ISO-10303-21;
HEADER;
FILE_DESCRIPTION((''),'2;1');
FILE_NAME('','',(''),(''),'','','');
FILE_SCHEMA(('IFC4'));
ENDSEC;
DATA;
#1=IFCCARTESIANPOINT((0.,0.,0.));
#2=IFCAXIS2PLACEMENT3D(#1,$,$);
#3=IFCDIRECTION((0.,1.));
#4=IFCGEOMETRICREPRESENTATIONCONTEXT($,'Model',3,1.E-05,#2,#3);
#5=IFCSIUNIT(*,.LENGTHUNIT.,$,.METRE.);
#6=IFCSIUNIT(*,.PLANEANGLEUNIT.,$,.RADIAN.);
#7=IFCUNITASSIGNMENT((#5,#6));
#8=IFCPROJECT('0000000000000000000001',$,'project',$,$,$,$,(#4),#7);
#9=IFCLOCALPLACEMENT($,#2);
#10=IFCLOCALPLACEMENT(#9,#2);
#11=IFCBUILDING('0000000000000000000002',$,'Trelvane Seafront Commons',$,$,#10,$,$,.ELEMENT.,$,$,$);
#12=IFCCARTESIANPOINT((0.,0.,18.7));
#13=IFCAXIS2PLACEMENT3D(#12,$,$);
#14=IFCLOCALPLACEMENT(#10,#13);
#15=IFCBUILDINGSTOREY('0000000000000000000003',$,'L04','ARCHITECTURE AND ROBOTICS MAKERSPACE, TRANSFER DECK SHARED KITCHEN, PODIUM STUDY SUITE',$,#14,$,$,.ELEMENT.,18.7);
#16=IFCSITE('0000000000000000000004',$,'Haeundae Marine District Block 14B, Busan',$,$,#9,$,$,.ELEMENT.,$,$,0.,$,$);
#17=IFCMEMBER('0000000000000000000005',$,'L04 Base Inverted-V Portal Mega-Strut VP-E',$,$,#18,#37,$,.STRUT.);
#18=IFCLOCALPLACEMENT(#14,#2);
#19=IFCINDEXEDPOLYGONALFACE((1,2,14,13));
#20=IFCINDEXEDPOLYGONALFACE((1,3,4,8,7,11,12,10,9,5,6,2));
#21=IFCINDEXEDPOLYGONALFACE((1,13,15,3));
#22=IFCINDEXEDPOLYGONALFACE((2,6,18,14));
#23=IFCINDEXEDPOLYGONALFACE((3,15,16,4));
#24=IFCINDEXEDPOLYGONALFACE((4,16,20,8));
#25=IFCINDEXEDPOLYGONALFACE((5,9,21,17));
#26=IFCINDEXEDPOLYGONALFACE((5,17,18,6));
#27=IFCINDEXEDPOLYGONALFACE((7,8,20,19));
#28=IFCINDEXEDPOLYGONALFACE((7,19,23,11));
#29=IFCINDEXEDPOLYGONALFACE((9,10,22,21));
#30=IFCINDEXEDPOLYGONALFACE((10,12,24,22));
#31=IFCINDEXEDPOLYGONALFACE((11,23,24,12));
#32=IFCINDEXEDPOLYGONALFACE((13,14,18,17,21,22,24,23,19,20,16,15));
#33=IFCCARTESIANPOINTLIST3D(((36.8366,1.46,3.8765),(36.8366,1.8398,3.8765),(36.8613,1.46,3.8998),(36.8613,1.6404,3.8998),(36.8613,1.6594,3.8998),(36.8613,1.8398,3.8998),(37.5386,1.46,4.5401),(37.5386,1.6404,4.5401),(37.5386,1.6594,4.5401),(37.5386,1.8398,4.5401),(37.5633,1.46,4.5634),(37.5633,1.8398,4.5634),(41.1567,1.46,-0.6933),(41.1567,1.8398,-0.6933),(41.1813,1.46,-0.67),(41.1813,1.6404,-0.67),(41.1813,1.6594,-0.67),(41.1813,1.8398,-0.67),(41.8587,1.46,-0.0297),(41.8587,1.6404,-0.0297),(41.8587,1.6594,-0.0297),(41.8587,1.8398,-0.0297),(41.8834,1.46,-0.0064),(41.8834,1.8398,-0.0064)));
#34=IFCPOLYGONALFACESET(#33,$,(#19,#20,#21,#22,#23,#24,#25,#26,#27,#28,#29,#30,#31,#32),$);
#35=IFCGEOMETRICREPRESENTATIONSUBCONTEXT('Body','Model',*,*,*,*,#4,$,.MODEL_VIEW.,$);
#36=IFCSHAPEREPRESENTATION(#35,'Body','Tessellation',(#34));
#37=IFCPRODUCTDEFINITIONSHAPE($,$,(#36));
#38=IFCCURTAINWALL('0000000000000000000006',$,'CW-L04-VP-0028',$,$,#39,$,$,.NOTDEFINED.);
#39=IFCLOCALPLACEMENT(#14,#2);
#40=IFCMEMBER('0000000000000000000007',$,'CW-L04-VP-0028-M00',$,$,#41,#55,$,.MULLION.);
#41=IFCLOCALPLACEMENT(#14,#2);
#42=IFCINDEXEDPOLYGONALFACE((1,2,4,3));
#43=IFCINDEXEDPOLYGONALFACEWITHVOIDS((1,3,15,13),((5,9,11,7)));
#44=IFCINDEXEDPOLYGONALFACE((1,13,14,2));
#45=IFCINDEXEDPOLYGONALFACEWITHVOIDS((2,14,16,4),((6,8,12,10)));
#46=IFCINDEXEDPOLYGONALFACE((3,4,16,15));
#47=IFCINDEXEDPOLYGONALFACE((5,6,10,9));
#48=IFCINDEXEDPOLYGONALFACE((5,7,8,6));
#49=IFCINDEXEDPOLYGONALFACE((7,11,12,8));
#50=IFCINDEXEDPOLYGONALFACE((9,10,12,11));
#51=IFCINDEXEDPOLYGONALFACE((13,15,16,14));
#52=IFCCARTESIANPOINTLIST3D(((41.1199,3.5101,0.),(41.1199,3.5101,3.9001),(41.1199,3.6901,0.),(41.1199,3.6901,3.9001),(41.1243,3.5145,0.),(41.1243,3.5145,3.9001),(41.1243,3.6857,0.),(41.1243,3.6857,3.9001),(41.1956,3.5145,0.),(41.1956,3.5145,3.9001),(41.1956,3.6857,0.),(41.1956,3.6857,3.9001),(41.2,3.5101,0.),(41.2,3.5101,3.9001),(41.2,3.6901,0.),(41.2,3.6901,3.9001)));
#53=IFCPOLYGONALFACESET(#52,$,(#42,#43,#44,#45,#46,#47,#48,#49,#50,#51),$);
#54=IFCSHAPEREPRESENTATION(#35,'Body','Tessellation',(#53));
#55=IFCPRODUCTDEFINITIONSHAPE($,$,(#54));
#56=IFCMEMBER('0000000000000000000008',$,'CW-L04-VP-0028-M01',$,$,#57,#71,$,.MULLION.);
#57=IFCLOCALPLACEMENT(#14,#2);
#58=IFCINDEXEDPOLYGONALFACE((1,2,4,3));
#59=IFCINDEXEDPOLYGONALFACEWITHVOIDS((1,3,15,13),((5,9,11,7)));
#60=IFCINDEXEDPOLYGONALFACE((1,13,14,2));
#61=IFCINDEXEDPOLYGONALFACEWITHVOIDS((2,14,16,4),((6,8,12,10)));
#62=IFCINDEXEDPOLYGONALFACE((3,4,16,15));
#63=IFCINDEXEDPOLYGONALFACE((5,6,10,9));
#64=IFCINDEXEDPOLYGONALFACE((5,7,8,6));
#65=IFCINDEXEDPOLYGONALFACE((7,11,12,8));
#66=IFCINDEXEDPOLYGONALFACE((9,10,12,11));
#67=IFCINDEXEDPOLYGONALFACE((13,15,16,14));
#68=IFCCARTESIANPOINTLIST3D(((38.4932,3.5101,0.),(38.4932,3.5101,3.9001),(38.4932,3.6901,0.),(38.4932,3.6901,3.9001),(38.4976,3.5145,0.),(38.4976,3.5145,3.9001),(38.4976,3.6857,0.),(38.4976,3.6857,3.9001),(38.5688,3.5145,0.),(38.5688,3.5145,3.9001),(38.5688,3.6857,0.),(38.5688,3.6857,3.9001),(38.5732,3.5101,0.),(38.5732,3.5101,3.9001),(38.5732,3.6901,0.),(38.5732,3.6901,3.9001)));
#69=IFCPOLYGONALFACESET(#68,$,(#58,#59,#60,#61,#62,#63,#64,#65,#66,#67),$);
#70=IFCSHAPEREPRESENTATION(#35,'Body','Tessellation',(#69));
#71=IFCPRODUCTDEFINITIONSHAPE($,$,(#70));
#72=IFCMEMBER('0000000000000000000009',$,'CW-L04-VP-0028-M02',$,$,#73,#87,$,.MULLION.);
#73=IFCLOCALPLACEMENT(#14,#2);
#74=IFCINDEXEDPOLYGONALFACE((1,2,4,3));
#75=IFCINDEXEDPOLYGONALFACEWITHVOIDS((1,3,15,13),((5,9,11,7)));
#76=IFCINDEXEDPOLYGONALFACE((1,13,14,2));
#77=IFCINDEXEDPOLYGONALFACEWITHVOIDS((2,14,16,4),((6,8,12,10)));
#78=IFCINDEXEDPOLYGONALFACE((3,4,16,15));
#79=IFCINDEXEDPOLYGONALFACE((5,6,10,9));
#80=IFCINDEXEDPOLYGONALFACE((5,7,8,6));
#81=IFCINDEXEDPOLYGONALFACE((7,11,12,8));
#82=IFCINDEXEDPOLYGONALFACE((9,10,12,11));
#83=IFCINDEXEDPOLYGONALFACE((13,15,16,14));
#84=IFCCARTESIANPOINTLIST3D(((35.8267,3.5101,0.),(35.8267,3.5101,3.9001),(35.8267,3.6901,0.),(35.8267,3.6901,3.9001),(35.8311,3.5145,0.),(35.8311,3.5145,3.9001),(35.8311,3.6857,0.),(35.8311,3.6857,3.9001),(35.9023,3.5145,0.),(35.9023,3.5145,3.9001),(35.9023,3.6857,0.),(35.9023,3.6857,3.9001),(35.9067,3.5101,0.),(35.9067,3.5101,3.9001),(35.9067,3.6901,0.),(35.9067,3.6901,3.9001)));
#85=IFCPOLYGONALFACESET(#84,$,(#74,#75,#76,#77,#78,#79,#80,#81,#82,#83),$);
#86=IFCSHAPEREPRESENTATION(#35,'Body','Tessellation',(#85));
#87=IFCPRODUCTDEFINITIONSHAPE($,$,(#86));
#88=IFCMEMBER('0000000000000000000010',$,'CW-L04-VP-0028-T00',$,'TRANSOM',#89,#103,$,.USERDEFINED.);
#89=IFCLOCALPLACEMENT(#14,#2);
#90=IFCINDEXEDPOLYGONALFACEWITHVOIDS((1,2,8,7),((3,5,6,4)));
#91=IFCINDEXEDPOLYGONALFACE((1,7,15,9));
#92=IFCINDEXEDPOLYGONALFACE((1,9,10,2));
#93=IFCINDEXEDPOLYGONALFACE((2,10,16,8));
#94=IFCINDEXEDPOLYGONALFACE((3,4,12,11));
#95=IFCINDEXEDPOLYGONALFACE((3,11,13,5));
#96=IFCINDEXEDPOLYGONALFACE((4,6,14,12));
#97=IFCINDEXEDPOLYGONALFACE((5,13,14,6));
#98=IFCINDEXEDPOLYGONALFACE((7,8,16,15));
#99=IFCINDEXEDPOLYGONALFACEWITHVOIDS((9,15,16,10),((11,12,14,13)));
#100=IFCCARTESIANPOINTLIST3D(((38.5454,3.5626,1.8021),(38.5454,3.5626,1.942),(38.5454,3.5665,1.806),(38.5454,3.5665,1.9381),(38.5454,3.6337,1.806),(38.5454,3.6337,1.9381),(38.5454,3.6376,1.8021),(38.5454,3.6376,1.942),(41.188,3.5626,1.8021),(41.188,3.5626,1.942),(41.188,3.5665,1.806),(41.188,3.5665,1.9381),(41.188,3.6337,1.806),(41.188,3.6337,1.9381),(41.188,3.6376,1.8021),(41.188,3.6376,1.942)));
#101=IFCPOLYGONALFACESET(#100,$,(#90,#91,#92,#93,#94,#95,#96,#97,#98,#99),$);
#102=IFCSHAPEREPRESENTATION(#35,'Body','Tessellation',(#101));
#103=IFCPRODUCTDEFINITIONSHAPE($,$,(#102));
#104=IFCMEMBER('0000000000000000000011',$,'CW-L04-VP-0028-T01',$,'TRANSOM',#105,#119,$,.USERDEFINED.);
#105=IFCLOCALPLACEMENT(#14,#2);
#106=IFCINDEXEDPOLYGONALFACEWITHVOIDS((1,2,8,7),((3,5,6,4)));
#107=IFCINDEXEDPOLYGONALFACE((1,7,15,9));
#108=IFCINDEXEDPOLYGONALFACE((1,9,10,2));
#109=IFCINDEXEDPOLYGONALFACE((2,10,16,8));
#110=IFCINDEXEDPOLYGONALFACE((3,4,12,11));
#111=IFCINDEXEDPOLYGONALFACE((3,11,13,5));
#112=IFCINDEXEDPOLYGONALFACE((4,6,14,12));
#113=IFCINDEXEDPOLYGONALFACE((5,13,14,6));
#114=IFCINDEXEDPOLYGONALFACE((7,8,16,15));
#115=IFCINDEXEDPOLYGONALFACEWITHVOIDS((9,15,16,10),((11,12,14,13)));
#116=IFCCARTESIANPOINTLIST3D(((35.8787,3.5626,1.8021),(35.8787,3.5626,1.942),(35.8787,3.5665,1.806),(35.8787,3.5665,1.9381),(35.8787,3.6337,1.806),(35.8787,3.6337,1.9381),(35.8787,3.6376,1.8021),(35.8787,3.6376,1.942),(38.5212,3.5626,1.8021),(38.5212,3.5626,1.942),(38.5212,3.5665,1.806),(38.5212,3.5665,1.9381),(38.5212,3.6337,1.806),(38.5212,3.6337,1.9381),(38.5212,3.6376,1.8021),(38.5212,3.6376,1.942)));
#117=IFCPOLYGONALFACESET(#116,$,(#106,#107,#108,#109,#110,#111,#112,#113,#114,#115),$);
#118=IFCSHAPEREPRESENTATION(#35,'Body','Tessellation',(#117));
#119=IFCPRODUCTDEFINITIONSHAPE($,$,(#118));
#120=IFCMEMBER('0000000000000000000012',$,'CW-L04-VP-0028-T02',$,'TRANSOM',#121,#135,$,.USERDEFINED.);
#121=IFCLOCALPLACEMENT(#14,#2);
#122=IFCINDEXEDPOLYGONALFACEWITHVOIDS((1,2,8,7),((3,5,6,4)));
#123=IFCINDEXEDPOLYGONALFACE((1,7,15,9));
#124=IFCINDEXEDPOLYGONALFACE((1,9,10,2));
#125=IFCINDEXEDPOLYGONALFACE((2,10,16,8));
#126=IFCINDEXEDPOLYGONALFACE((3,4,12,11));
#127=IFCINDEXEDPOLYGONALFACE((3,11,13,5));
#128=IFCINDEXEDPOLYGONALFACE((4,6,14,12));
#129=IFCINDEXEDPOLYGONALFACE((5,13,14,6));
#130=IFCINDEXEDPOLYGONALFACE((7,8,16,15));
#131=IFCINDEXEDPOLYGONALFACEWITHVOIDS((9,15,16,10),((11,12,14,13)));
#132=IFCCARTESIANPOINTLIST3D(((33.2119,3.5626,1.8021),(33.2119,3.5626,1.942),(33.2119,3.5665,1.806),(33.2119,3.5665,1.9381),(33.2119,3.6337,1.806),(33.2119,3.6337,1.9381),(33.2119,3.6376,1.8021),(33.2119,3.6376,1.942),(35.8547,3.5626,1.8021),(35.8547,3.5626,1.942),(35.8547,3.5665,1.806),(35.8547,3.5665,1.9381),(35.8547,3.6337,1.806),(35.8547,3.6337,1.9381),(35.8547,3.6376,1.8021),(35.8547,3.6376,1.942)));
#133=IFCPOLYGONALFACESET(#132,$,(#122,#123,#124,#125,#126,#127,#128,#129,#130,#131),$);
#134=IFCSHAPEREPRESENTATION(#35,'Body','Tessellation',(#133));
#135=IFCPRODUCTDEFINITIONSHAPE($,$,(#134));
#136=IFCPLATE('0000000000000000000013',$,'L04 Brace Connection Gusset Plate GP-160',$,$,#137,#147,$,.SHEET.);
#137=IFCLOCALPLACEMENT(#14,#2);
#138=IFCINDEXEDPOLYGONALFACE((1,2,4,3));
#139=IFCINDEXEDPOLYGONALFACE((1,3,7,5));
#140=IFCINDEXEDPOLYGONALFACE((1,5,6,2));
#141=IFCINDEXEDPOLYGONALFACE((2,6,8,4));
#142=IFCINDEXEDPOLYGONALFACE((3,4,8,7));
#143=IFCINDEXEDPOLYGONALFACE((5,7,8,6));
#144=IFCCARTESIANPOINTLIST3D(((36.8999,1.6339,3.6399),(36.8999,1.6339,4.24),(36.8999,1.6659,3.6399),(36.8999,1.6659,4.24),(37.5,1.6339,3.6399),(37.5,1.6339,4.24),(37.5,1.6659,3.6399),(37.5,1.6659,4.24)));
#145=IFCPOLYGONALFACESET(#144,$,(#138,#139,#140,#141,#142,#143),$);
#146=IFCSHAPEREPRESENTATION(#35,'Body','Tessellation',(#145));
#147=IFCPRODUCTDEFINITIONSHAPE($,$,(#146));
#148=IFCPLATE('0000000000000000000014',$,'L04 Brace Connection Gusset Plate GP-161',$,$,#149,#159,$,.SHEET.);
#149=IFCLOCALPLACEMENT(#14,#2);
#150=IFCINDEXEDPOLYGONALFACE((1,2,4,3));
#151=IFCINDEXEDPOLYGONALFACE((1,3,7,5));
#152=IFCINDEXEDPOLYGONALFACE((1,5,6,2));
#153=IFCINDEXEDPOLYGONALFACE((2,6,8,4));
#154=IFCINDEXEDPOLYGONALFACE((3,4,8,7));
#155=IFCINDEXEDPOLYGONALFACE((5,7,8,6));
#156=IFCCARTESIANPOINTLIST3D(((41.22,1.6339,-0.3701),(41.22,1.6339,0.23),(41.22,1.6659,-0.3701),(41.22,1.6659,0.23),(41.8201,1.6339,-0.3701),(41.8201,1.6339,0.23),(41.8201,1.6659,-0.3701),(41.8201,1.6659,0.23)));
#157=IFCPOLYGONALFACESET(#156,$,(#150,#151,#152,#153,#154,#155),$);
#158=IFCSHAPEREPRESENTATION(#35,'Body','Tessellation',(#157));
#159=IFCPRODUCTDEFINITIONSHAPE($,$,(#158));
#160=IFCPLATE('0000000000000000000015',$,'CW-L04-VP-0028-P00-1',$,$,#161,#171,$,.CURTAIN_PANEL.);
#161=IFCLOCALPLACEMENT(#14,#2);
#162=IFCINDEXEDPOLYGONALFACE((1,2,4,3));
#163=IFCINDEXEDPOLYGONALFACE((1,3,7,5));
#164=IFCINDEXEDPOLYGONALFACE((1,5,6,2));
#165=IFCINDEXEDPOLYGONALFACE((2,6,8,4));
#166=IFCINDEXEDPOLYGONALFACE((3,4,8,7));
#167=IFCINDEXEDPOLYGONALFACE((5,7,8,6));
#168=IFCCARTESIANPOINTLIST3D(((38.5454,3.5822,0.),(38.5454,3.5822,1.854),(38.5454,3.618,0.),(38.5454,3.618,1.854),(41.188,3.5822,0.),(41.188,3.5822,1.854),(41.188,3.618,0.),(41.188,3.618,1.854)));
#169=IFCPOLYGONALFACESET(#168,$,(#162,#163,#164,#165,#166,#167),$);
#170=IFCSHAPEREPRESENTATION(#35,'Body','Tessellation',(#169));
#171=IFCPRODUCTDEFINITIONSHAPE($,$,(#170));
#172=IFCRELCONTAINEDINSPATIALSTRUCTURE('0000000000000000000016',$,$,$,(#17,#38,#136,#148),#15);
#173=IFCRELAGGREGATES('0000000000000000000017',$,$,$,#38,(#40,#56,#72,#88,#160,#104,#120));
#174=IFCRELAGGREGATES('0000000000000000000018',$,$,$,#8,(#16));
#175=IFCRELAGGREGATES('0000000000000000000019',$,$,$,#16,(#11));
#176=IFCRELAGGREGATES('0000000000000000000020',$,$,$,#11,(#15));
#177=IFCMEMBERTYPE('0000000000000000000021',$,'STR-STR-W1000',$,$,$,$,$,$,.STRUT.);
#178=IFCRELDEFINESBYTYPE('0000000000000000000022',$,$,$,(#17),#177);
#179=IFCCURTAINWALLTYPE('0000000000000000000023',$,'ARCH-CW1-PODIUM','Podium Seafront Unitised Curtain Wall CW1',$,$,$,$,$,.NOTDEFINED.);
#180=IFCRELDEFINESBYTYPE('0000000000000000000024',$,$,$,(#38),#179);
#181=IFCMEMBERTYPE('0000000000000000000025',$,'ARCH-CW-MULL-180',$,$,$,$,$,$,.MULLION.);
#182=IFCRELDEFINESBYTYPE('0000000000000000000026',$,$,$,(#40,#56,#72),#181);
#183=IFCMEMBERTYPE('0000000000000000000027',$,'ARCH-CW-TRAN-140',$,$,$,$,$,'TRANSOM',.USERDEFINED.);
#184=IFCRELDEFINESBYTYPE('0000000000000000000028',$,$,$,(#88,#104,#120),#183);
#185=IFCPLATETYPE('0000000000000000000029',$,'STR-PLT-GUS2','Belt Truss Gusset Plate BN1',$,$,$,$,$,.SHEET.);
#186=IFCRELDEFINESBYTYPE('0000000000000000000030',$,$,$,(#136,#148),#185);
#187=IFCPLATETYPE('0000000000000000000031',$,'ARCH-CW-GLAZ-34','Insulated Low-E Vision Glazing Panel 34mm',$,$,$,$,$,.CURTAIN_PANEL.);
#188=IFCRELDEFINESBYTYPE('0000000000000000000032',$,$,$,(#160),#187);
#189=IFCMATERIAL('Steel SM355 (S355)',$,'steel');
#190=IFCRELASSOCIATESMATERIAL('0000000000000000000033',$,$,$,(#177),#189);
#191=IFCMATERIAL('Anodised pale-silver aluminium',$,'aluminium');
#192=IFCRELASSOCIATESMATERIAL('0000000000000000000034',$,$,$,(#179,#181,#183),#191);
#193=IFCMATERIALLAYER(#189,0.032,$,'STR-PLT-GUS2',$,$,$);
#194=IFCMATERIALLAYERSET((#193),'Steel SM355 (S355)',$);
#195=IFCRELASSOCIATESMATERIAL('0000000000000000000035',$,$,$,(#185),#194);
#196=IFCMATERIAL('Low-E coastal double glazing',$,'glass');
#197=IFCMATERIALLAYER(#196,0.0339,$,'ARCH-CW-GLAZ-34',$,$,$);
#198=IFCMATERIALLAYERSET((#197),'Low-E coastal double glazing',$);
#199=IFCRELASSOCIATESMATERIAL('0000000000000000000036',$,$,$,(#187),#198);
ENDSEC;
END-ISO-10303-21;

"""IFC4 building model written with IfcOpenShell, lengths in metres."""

from ifc_helpers import new_model, si_unit, direction, frame, origin, origin_2d, place, context, subcontext, project, spatial, rectangle, hollow_rectangle, i_section, extrude, source, transform, mapped, material, layer, layer_set, material_profile, profile_set, type_object, element, aggregate, save


model = new_model("IFC4")

# Units and contexts
model_context = context("Model", 3, precision=1e-05, world=origin(), true_north=direction((0.0, 1.0)))
body_context = subcontext(model_context, "Body", "Model", "MODEL_VIEW")
ifc_project = project(units=[si_unit("LENGTHUNIT", "METRE"), si_unit("PLANEANGLEUNIT", "RADIAN")], contexts=[model_context])

# Site, building, storey
site_placement = place(None, origin())
site = spatial("IfcSite", under=ifc_project, at=site_placement, Name="Haeundae Marine District Block 14B, Busan", CompositionType="ELEMENT", RefElevation=0.0)
building_placement = place(site_placement, origin())
building = spatial("IfcBuilding", under=site, at=building_placement, Name="Trelvane Seafront Commons", CompositionType="ELEMENT")
storey_placement = place(building_placement, frame((0.0, 0.0, 18.7)))
storey = spatial("IfcBuildingStorey", under=building, at=storey_placement, Name="L04", Description="ARCHITECTURE AND ROBOTICS MAKERSPACE, TRANSFER DECK SHARED KITCHEN, PODIUM STUDY SUITE", CompositionType="ELEMENT", Elevation=18.7)

# Member
ifc_material_1 = material(Name="Steel SM355 (S355)", Category="steel")
ifc_material_profile_1 = material_profile(ifc_material_1, i_section(OverallWidth=0.3799, OverallDepth=1.0, WebThickness=0.019, FlangeThickness=0.0339, at=origin_2d()), Name="W-1000x380x19x34")
ifc_profile_set_1 = profile_set([ifc_material_profile_1], Name="Steel SM355 (S355)")
member_type_1 = type_object("IfcMemberType", Name="STR-STR-W1000", PredefinedType="STRUT", material=ifc_profile_set_1)
shared_shape_1 = source(origin(), body_context, "Body", "SweptSolid", [
    extrude(i_section(OverallWidth=0.3799, OverallDepth=1.0, WebThickness=0.019, FlangeThickness=0.0339, at=origin_2d()), origin(), (0.0, 0.0, 1.0), 6.2886),
])
member_1_placement = place(storey_placement, frame((41.52, 1.6499, -0.3499), z_axis=(-0.68697, 0.0, 0.726686), x_axis=(0.0, -1.0, 0.0)))
element("IfcMember", 1, at=member_1_placement, inside=storey, type_object=member_type_1, Name="L04 Base Inverted-V Portal Mega-Strut VP-E", PredefinedType="STRUT", context=body_context, shape_type="MappedRepresentation", body=[
    mapped(shared_shape_1, transform((0.0, 0.0, 0.0), x_axis=(1.0, 0.0, 0.0), y_axis=(0.0, 1.0, 0.0), z_axis=(0.0, 0.0, 1.0), scale=1.0)),
])

# Curtain wall, members
ifc_material_2 = material(Name="Anodised pale-silver aluminium", Category="aluminium")
curtain_wall_type = type_object("IfcCurtainWallType", Name="ARCH-CW1-PODIUM", Description="Podium Seafront Unitised Curtain Wall CW1", PredefinedType="NOTDEFINED", material=ifc_material_2)
curtain_wall_placement = place(storey_placement, origin())
curtain_wall = element("IfcCurtainWall", 2, at=curtain_wall_placement, inside=storey, type_object=curtain_wall_type, Name="CW-L04-VP-0028", PredefinedType="NOTDEFINED")
ifc_material_profile_2 = material_profile(ifc_material_2, hollow_rectangle(XDim=0.0801, YDim=0.1799, WallThickness=0.0044, at=origin_2d()), Name="MULL-80x180x4.5")
ifc_profile_set_2 = profile_set([ifc_material_profile_2], Name="Anodised pale-silver aluminium")
member_type_2 = type_object("IfcMemberType", Name="ARCH-CW-MULL-180", PredefinedType="MULLION", material=ifc_profile_set_2)
shared_shape_2 = source(origin(), body_context, "Body", "SweptSolid", [
    extrude(hollow_rectangle(XDim=0.0801, YDim=0.1799, WallThickness=0.0044, at=origin_2d()), origin(), (0.0, 0.0, 1.0), 3.9001),
])
member_2_placement = place(storey_placement, frame((41.1599, 3.6001, 0.0), z_axis=(0.0, 0.0, 1.0), x_axis=(1.0, 0.0, 0.0)))
member_2 = element("IfcMember", 3, at=member_2_placement, type_object=member_type_2, Name="CW-L04-VP-0028-M00", PredefinedType="MULLION", context=body_context, shape_type="MappedRepresentation", body=[
    mapped(shared_shape_2, transform((0.0, 0.0, 0.0), x_axis=(1.0, 0.0, 0.0), y_axis=(0.0, 1.0, 0.0), z_axis=(0.0, 0.0, 1.0), scale=1.0)),
])
member_3_placement = place(storey_placement, frame((38.5332, 3.6001, 0.0), z_axis=(0.0, 0.0, 1.0), x_axis=(1.0, 0.0, 0.0)))
member_3 = element("IfcMember", 4, at=member_3_placement, type_object=member_type_2, Name="CW-L04-VP-0028-M01", PredefinedType="MULLION", context=body_context, shape_type="MappedRepresentation", body=[
    mapped(shared_shape_2, transform((0.0, 0.0, 0.0), x_axis=(1.0, 0.0, 0.0), y_axis=(0.0, 1.0, 0.0), z_axis=(0.0, 0.0, 1.0), scale=1.0)),
])
member_4_placement = place(storey_placement, frame((35.8667, 3.6001, 0.0), z_axis=(0.0, 0.0, 1.0), x_axis=(1.0, 0.0, 0.0)))
member_4 = element("IfcMember", 5, at=member_4_placement, type_object=member_type_2, Name="CW-L04-VP-0028-M02", PredefinedType="MULLION", context=body_context, shape_type="MappedRepresentation", body=[
    mapped(shared_shape_2, transform((0.0, 0.0, 0.0), x_axis=(1.0, 0.0, 0.0), y_axis=(0.0, 1.0, 0.0), z_axis=(0.0, 0.0, 1.0), scale=1.0)),
])
ifc_material_profile_3 = material_profile(ifc_material_2, hollow_rectangle(XDim=0.075, YDim=0.1399, WallThickness=0.0039, at=origin_2d()), Name="TRAN-75x140x4")
ifc_profile_set_3 = profile_set([ifc_material_profile_3], Name="Anodised pale-silver aluminium")
member_type_3 = type_object("IfcMemberType", Name="ARCH-CW-TRAN-140", ElementType="TRANSOM", PredefinedType="USERDEFINED", material=ifc_profile_set_3)
shared_shape_3 = source(origin(), body_context, "Body", "SweptSolid", [
    extrude(hollow_rectangle(XDim=0.075, YDim=0.1399, WallThickness=0.0039, at=origin_2d()), origin(), (0.0, 0.0, 1.0), 2.6426),
])
member_5_placement = place(storey_placement, frame((41.188, 3.6001, 1.8721), z_axis=(-1.0, 0.0, 0.0), x_axis=(0.0, -1.0, 0.0)))
member_5 = element("IfcMember", 6, at=member_5_placement, type_object=member_type_3, Name="CW-L04-VP-0028-T00", ObjectType="TRANSOM", PredefinedType="USERDEFINED", context=body_context, shape_type="MappedRepresentation", body=[
    mapped(shared_shape_3, transform((0.0, 0.0, 0.0), x_axis=(1.0, 0.0, 0.0), y_axis=(0.0, 1.0, 0.0), z_axis=(0.0, 0.0, 1.0), scale=1.0)),
])
member_6_placement = place(storey_placement, frame((38.5212, 3.6001, 1.8721), z_axis=(-1.0, 0.0, 0.0), x_axis=(0.0, -1.0, 0.0)))
member_6 = element("IfcMember", 7, at=member_6_placement, type_object=member_type_3, Name="CW-L04-VP-0028-T01", ObjectType="TRANSOM", PredefinedType="USERDEFINED", context=body_context, shape_type="MappedRepresentation", body=[
    mapped(shared_shape_3, transform((0.0, 0.0, 0.0), x_axis=(1.0, 0.0, 0.0), y_axis=(0.0, 1.0, 0.0), z_axis=(0.0, 0.0, 1.0), scale=1.0)),
])
shared_shape_4 = source(origin(), body_context, "Body", "SweptSolid", [
    extrude(hollow_rectangle(XDim=0.075, YDim=0.1399, WallThickness=0.0039, at=origin_2d()), origin(), (0.0, 0.0, 1.0), 2.6428),
])
member_7_placement = place(storey_placement, frame((35.8547, 3.6001, 1.8721), z_axis=(-1.0, 0.0, 0.0), x_axis=(0.0, -1.0, 0.0)))
member_7 = element("IfcMember", 8, at=member_7_placement, type_object=member_type_3, Name="CW-L04-VP-0028-T02", ObjectType="TRANSOM", PredefinedType="USERDEFINED", context=body_context, shape_type="MappedRepresentation", body=[
    mapped(shared_shape_4, transform((0.0, 0.0, 0.0), x_axis=(1.0, 0.0, 0.0), y_axis=(0.0, 1.0, 0.0), z_axis=(0.0, 0.0, 1.0), scale=1.0)),
])

# Plates
ifc_layer_1 = layer(ifc_material_1, 0.032, Name="STR-PLT-GUS2")
ifc_layer_set_1 = layer_set([ifc_layer_1], Name="Steel SM355 (S355)")
plate_type_1 = type_object("IfcPlateType", Name="STR-PLT-GUS2", Description="Belt Truss Gusset Plate BN1", PredefinedType="SHEET", material=ifc_layer_set_1)
shared_shape_5 = source(origin(), body_context, "Body", "SweptSolid", [
    extrude(rectangle(XDim=0.6001, YDim=0.032, at=origin_2d()), origin(), (0.0, 0.0, 1.0), 0.6001),
])
for number, where, z_axis, x_axis, name in (
    (9, (37.2, 1.6499, 3.6399), (0.0, 0.0, 1.0), (1.0, 0.0, 0.0), "L04 Brace Connection Gusset Plate GP-160"),
    (10, (41.52, 1.6499, -0.3701), (0.0, 0.0, 1.0), (1.0, 0.0, 0.0), "L04 Brace Connection Gusset Plate GP-161"),
):
    element("IfcPlate", number, at=place(storey_placement, frame(where, z_axis=z_axis, x_axis=x_axis)), inside=storey, type_object=plate_type_1, Name=name, PredefinedType="SHEET", context=body_context, shape_type="MappedRepresentation", body=[
        mapped(shared_shape_5, transform((0.0, 0.0, 0.0), x_axis=(1.0, 0.0, 0.0), y_axis=(0.0, 1.0, 0.0), z_axis=(0.0, 0.0, 1.0), scale=1.0)),
    ])

# Plate
ifc_material_3 = material(Name="Low-E coastal double glazing", Category="glass")
ifc_layer_2 = layer(ifc_material_3, 0.0339, Name="ARCH-CW-GLAZ-34")
ifc_layer_set_2 = layer_set([ifc_layer_2], Name="Low-E coastal double glazing")
plate_type_2 = type_object("IfcPlateType", Name="ARCH-CW-GLAZ-34", Description="Insulated Low-E Vision Glazing Panel 34mm", PredefinedType="CURTAIN_PANEL", material=ifc_layer_set_2)
shared_shape_6 = source(origin(), body_context, "Body", "SweptSolid", [
    extrude(rectangle(XDim=2.6426, YDim=0.0359, at=origin_2d()), origin(), (0.0, 0.0, 1.0), 1.854),
])
plate_1_placement = place(storey_placement, frame((39.8667, 3.6001, 0.0), z_axis=(0.0, 0.0, 1.0), x_axis=(-1.0, 0.0, 0.0)))
plate_1 = element("IfcPlate", 11, at=plate_1_placement, type_object=plate_type_2, Name="CW-L04-VP-0028-P00-1", PredefinedType="CURTAIN_PANEL", context=body_context, shape_type="MappedRepresentation", body=[
    mapped(shared_shape_6, transform((0.0, 0.0, 0.0), x_axis=(1.0, 0.0, 0.0), y_axis=(0.0, 1.0, 0.0), z_axis=(0.0, 0.0, 1.0), scale=1.0)),
])
aggregate(curtain_wall, [member_2, member_3, member_4, member_5, plate_1, member_6, member_7])

save(model, "model.ifc")
